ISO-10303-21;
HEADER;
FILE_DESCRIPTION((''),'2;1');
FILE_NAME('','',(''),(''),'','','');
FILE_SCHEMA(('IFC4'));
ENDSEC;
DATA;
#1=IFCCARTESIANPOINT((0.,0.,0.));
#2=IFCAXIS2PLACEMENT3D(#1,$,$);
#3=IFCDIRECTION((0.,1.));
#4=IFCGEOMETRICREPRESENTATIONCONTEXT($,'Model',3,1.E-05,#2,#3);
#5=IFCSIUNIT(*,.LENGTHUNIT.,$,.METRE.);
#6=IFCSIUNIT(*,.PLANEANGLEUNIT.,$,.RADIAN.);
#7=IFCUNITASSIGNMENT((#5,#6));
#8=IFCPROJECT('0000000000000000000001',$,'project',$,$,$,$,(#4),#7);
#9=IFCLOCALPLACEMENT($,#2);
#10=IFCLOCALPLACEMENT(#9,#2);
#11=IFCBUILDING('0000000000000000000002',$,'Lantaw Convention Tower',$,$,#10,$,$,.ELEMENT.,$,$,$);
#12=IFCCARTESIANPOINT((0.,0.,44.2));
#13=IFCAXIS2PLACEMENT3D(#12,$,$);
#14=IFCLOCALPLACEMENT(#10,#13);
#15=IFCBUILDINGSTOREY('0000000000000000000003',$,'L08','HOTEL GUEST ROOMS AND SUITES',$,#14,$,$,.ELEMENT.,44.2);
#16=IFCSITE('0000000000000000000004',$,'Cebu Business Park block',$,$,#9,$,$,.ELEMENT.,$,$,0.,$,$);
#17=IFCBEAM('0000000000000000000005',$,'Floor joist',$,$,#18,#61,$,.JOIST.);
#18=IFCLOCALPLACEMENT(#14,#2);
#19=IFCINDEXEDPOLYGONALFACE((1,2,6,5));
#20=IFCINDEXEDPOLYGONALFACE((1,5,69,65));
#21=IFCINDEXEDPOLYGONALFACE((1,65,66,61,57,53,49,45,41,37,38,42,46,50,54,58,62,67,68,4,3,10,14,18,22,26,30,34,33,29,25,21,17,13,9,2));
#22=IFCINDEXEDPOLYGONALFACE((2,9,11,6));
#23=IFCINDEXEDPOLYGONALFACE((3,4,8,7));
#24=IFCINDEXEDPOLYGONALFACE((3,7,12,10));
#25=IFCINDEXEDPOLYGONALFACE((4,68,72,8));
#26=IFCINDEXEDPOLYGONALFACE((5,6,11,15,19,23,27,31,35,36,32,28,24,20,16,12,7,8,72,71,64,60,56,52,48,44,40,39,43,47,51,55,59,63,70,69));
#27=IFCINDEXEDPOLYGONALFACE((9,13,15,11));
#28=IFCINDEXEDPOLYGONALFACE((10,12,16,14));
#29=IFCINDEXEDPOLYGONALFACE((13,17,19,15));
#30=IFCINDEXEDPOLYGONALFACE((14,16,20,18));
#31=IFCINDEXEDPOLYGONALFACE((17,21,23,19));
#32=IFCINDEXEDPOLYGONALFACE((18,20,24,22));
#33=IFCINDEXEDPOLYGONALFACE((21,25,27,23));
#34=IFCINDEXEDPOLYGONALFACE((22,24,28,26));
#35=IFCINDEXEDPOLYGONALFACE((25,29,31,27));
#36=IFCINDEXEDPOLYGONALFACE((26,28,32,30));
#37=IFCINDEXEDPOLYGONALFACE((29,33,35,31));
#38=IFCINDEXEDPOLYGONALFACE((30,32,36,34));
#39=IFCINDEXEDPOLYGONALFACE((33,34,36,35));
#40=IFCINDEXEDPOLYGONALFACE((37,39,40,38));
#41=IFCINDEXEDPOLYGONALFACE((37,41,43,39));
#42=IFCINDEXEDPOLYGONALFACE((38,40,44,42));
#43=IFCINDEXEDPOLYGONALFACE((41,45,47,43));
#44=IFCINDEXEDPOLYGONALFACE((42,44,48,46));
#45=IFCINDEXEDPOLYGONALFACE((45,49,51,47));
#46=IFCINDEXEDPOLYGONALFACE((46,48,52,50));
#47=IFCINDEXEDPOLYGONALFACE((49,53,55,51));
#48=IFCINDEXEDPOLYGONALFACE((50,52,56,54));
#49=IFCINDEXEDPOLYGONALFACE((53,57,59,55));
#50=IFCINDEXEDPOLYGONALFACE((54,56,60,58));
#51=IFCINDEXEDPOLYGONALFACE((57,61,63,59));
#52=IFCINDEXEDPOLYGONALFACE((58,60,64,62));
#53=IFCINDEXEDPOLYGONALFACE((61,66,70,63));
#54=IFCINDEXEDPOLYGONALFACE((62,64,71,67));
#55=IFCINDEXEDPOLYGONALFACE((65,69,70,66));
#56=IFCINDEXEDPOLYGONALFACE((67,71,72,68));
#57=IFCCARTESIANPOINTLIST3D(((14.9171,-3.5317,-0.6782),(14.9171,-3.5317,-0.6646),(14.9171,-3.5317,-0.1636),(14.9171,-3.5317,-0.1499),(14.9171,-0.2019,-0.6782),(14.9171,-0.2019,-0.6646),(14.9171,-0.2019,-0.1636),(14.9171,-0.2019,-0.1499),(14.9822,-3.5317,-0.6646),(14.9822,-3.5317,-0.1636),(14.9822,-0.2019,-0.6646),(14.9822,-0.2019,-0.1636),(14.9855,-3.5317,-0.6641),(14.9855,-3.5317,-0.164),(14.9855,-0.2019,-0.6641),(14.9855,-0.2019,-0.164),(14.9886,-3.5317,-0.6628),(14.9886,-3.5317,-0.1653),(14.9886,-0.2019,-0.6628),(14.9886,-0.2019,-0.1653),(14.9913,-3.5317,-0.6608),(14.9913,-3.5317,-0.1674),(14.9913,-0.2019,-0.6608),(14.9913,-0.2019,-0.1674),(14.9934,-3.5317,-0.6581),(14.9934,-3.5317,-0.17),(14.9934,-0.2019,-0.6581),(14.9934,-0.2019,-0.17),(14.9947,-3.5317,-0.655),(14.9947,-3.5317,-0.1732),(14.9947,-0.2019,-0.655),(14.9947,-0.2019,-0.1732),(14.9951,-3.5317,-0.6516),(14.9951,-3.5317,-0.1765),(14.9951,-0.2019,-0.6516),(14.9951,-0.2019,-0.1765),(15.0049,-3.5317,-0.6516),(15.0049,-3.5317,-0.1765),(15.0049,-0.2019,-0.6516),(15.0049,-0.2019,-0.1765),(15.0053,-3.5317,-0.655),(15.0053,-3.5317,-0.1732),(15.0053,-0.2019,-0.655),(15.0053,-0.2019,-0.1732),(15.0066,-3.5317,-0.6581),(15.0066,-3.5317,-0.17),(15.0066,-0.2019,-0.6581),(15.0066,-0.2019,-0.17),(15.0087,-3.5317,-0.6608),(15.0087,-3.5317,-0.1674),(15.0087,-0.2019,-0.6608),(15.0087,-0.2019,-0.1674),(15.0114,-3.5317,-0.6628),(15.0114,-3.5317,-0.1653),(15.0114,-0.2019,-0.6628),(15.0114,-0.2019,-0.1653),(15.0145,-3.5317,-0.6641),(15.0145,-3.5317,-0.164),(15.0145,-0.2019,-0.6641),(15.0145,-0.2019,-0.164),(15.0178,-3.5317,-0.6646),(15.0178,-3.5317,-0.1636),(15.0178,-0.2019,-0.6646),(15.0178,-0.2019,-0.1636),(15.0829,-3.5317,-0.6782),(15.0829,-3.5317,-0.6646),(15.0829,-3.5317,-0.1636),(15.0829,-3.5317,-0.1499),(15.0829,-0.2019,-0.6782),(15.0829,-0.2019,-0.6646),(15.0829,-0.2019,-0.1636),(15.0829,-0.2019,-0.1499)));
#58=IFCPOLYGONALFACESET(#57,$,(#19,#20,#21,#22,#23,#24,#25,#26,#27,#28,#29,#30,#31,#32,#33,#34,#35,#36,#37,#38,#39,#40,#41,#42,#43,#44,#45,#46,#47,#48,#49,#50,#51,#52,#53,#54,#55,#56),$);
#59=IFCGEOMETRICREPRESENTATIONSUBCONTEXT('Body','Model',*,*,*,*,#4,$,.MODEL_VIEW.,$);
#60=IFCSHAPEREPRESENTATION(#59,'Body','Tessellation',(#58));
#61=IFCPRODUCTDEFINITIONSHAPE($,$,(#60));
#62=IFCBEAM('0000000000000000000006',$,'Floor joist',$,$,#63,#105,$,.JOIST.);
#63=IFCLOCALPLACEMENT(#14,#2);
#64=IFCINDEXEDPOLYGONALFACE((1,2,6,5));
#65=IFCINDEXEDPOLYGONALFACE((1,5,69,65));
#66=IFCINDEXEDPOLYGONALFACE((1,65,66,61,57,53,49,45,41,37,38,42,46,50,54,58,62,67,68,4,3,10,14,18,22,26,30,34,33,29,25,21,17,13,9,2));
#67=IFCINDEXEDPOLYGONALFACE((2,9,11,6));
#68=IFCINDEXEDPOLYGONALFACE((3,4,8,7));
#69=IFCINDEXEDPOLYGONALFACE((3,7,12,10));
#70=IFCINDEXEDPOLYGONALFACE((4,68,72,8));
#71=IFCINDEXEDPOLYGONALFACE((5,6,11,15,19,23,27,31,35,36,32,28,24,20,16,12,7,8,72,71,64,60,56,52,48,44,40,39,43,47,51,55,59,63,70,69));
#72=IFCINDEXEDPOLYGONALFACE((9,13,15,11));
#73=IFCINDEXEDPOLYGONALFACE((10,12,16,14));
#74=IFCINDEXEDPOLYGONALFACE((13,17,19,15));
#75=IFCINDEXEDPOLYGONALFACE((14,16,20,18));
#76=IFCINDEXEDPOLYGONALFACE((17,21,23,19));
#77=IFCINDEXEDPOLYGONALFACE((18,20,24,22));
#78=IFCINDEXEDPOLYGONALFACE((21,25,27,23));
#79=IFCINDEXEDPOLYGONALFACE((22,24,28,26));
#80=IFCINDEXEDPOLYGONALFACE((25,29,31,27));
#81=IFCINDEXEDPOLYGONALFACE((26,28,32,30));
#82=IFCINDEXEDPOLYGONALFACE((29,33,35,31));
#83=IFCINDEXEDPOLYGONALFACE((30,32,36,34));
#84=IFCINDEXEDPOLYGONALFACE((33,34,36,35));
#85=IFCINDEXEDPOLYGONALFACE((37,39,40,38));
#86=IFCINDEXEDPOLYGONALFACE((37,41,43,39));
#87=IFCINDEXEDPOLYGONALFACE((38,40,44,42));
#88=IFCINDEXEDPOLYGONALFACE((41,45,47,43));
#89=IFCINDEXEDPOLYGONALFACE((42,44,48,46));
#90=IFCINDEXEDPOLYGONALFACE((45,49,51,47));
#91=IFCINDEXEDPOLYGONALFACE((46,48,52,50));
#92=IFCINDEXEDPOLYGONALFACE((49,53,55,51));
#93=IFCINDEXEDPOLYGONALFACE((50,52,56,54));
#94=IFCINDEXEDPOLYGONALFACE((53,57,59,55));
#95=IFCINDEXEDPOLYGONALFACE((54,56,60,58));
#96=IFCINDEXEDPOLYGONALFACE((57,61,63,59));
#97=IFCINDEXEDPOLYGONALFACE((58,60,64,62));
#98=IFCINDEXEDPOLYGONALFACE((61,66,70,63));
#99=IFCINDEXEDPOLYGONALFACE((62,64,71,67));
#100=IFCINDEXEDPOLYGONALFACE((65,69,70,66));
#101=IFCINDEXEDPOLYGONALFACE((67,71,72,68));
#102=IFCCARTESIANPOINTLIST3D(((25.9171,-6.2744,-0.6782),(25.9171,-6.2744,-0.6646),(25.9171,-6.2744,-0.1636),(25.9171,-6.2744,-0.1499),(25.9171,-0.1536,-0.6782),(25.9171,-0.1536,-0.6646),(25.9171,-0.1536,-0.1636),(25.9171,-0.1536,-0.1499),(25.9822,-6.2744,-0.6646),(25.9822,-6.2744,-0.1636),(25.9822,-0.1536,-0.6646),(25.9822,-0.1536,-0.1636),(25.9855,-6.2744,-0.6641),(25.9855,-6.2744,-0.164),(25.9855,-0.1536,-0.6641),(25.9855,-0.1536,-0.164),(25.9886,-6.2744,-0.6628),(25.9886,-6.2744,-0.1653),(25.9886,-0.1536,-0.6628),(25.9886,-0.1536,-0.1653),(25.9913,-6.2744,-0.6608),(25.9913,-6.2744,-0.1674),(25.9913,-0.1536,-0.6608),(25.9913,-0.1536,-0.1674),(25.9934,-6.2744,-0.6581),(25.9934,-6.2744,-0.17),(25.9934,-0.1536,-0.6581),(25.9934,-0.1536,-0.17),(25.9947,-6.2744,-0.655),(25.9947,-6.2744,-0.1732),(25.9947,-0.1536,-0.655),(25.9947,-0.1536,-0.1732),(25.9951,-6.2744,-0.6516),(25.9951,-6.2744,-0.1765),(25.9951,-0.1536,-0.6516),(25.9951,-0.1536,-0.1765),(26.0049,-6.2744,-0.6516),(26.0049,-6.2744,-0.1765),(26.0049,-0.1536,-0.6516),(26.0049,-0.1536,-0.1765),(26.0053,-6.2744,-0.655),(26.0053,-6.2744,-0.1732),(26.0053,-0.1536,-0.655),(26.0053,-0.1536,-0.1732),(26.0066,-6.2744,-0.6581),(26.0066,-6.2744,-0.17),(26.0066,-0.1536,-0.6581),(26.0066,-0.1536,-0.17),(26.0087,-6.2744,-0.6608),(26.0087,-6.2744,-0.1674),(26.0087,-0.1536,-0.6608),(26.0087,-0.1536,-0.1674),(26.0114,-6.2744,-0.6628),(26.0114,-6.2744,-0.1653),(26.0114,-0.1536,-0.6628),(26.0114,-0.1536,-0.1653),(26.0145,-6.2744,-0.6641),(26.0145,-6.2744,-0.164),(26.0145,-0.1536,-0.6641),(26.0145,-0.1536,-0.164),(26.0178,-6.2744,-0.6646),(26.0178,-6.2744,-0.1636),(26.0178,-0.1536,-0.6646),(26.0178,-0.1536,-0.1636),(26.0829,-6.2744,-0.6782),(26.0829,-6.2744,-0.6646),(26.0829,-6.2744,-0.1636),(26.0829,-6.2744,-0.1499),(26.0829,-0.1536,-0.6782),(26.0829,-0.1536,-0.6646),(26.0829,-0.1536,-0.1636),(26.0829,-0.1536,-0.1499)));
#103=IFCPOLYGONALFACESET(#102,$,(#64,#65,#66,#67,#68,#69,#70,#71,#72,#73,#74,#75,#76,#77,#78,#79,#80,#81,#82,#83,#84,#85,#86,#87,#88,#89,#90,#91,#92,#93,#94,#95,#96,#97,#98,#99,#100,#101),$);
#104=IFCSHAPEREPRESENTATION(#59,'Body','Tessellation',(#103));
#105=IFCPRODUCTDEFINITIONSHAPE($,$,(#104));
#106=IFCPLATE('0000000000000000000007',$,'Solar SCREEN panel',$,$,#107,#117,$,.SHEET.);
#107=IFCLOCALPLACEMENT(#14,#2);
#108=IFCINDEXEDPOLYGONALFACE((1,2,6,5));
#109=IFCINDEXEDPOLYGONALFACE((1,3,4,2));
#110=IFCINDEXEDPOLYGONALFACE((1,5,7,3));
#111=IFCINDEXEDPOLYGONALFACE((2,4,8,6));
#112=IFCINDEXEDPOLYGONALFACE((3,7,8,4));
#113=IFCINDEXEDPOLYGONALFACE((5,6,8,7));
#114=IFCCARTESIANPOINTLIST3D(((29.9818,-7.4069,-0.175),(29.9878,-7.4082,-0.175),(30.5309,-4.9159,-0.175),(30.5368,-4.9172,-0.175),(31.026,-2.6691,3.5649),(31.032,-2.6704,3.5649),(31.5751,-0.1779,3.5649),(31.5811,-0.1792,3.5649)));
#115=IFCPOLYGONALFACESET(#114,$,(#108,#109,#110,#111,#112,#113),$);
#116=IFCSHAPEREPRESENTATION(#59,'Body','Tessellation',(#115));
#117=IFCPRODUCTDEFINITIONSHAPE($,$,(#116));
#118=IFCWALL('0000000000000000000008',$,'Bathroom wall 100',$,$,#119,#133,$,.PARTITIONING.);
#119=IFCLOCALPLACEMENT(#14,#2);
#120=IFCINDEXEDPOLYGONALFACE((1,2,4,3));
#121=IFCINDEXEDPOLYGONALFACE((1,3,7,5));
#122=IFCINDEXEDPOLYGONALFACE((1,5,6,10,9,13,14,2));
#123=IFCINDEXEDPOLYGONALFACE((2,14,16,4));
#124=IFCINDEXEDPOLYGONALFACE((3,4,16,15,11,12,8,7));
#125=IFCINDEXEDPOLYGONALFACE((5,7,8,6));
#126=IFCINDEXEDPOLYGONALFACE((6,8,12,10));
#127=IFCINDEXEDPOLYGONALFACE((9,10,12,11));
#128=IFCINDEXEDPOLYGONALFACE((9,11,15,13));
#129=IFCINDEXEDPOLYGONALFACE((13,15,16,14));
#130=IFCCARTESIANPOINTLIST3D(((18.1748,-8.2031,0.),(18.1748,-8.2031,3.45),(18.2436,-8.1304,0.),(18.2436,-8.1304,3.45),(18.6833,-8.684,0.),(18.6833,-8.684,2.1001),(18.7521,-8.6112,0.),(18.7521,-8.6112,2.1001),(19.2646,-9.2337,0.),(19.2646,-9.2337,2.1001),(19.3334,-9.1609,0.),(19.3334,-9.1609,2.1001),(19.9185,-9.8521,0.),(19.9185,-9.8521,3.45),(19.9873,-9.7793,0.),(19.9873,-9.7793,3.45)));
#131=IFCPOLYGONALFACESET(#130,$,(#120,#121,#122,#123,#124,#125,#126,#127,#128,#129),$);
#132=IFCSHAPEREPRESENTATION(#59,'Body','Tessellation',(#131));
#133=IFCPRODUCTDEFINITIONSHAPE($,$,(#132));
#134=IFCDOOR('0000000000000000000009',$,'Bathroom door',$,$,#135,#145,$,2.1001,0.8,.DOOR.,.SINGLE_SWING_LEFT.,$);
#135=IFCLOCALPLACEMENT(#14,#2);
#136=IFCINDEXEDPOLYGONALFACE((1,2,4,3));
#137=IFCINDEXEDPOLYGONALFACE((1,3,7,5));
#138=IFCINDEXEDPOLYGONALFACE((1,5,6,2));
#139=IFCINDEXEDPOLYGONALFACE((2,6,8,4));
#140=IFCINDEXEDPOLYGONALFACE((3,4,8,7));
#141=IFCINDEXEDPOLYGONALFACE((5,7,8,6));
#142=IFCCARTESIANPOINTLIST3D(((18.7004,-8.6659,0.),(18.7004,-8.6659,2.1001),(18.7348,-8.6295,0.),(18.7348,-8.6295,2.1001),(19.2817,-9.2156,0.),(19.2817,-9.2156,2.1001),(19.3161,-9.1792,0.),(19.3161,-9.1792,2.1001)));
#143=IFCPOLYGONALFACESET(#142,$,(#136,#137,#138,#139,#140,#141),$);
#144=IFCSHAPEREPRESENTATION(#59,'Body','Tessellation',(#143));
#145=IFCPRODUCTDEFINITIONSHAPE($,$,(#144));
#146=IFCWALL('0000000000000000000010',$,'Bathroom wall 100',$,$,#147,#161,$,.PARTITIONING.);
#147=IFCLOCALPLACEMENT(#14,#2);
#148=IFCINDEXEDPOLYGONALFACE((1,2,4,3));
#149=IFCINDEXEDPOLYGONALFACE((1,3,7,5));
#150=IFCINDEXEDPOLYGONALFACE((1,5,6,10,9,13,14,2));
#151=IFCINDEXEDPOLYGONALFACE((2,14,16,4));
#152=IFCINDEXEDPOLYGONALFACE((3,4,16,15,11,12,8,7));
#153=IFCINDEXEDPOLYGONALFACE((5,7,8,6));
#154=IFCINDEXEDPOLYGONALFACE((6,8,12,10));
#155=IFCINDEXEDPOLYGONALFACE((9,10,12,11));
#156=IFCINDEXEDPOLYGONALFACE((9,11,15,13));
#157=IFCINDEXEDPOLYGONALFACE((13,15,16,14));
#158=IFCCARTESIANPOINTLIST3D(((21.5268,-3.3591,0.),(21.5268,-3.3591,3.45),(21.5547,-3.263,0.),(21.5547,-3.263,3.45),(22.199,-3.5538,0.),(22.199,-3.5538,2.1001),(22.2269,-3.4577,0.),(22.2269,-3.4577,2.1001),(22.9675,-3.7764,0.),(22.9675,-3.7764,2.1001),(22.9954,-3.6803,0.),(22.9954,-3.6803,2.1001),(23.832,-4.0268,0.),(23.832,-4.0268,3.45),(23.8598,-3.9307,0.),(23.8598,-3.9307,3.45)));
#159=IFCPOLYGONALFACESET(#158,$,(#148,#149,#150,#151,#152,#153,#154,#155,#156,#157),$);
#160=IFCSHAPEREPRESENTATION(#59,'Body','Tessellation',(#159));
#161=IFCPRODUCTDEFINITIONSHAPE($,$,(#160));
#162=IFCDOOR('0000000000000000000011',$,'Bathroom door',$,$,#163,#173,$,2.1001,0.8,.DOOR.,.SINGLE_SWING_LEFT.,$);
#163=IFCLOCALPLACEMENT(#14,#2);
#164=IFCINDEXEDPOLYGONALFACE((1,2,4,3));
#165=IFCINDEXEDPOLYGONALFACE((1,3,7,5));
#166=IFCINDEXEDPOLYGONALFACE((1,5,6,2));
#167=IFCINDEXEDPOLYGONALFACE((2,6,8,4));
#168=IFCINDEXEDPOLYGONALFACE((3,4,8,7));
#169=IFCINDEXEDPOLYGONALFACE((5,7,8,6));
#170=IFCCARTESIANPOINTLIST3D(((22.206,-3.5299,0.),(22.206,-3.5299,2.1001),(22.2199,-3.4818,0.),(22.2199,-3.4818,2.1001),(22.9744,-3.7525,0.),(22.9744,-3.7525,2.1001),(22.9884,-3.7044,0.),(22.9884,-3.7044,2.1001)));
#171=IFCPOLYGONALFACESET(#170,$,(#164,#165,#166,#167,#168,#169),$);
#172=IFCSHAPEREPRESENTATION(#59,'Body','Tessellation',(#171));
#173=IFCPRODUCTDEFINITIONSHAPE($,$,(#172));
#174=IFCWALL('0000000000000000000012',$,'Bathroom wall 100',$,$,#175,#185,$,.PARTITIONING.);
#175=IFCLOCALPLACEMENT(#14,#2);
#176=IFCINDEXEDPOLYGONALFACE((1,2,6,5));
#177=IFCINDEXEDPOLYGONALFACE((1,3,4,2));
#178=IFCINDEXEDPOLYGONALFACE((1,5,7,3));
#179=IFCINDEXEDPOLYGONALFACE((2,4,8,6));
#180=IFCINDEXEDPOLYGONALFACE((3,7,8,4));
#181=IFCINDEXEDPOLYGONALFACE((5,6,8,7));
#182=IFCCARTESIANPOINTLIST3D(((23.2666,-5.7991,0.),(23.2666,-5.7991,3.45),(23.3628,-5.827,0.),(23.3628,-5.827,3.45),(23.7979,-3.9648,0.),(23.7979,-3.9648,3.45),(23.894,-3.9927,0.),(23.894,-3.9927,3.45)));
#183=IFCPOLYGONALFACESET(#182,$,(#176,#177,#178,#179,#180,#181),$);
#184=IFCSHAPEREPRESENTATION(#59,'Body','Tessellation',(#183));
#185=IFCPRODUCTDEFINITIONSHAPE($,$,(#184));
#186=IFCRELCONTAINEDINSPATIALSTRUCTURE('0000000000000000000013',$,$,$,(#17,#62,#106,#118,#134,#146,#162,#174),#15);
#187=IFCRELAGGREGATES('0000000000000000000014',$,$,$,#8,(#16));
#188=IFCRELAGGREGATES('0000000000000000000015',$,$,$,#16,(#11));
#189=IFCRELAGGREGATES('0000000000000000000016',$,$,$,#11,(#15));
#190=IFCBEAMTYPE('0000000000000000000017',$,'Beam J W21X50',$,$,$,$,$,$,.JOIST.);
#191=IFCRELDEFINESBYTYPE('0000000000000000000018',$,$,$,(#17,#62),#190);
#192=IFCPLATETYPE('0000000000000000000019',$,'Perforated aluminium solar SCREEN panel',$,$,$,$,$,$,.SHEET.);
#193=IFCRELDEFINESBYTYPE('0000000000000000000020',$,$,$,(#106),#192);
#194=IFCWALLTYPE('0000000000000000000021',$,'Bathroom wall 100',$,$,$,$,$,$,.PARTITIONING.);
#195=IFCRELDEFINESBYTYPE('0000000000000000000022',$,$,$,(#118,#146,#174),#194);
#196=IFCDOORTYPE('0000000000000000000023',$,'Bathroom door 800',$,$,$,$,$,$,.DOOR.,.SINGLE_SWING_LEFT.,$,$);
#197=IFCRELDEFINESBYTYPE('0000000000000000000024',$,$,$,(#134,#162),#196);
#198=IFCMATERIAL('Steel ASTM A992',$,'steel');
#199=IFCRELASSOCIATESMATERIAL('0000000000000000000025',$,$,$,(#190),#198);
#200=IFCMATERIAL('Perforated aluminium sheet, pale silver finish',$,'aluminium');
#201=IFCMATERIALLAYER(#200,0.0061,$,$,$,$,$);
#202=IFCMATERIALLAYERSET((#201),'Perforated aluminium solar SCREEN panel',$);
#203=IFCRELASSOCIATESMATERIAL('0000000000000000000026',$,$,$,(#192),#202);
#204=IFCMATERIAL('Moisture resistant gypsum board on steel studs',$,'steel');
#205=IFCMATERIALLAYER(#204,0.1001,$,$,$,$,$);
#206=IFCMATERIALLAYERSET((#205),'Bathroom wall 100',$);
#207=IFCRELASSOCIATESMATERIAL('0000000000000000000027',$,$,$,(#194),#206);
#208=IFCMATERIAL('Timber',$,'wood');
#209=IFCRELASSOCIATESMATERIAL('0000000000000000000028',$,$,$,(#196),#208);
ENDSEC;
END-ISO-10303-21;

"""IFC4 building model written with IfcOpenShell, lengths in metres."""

from ifc_helpers import new_model, si_unit, direction, frame, frame_2d, origin, origin_2d, place, context, subcontext, project, spatial, polyline, rectangle, i_section, outline, extrude, material, layer, layer_set, material_profile, profile_set, type_object, element, fill, save


model = new_model("IFC4")

# Units and contexts
model_context = context("Model", 3, precision=1e-05, world=origin(), true_north=direction((0.0, 1.0)))
body_context = subcontext(model_context, "Body", "Model", "MODEL_VIEW")
ifc_project = project(units=[si_unit("LENGTHUNIT", "METRE"), si_unit("PLANEANGLEUNIT", "RADIAN")], contexts=[model_context])

# Site, building, storey
site_placement = place(None, origin())
site = spatial("IfcSite", under=ifc_project, at=site_placement, Name="Cebu Business Park block", CompositionType="ELEMENT", RefElevation=0.0)
building_placement = place(site_placement, origin())
building = spatial("IfcBuilding", under=site, at=building_placement, Name="Lantaw Convention Tower", CompositionType="ELEMENT")
storey_placement = place(building_placement, frame((0.0, 0.0, 44.2)))
storey = spatial("IfcBuildingStorey", under=building, at=storey_placement, Name="L08", Description="HOTEL GUEST ROOMS AND SUITES", CompositionType="ELEMENT", Elevation=44.2)

# Beams
ifc_material_1 = material(Name="Steel ASTM A992", Category="steel")
ifc_material_profile_1 = material_profile(ifc_material_1, i_section(OverallWidth=0.1658, OverallDepth=0.5283, WebThickness=0.0098, FlangeThickness=0.0137, FilletRadius=0.0129, at=origin_2d()), Name="W21X50")
ifc_profile_set_1 = profile_set([ifc_material_profile_1], Name="Steel ASTM A992")
beam_type_1 = type_object("IfcBeamType", Name="Beam J W21X50", PredefinedType="JOIST", material=ifc_profile_set_1)
beam_1_placement = place(storey_placement, frame((15.0, -3.5317, -0.4141), z_axis=(0.0, 1.0, 0.0), x_axis=(-1.0, 0.0, 0.0)))
element("IfcBeam", 1, at=beam_1_placement, inside=storey, type_object=beam_type_1, Name="Floor joist", PredefinedType="JOIST", context=body_context, shape_type="SweptSolid", body=[
    extrude(i_section(OverallWidth=0.1658, OverallDepth=0.5283, WebThickness=0.0098, FlangeThickness=0.0137, FilletRadius=0.0129, at=origin_2d()), origin(), (0.0, 0.0, 1.0), 3.3298),
])
beam_2_placement = place(storey_placement, frame((26.0, -6.2744, -0.4141), z_axis=(0.0, 1.0, 0.0), x_axis=(-1.0, 0.0, 0.0)))
element("IfcBeam", 2, at=beam_2_placement, inside=storey, type_object=beam_type_1, Name="Floor joist", PredefinedType="JOIST", context=body_context, shape_type="SweptSolid", body=[
    extrude(i_section(OverallWidth=0.1658, OverallDepth=0.5283, WebThickness=0.0098, FlangeThickness=0.0137, FilletRadius=0.0129, at=origin_2d()), origin(), (0.0, 0.0, 1.0), 6.1208),
])

# Plate
ifc_material_2 = material(Name="Perforated aluminium sheet, pale silver finish", Category="aluminium")
ifc_layer_1 = layer(ifc_material_2, 0.0061)
ifc_layer_set_1 = layer_set([ifc_layer_1], Name="Perforated aluminium solar SCREEN panel")
plate_type = type_object("IfcPlateType", Name="Perforated aluminium solar SCREEN panel", PredefinedType="SHEET", material=ifc_layer_set_1)
plate_placement = place(storey_placement, frame((29.9878, -7.4082, -0.175), z_axis=(0.976559, -0.215248, 0.00003), x_axis=(0.215248, 0.976559, 0.0)))
element("IfcPlate", 3, at=plate_placement, inside=storey, type_object=plate_type, Name="Solar SCREEN panel", PredefinedType="SHEET", context=body_context, shape_type="SweptSolid", body=[
    extrude(outline(polyline([(0.0, 0.0), (2.5508, 0.0), (7.4025, 3.74), (4.8515, 3.74), (0.0, 0.0)])), origin(), (0.0, 0.0, -1.0), 0.0061),
])

# Walls, openings, doors
ifc_material_3 = material(Name="Moisture resistant gypsum board on steel studs", Category="steel")
ifc_layer_2 = layer(ifc_material_3, 0.1001)
ifc_layer_set_2 = layer_set([ifc_layer_2], Name="Bathroom wall 100")
wall_type_1 = type_object("IfcWallType", Name="Bathroom wall 100", PredefinedType="PARTITIONING", material=ifc_layer_set_2)
wall_1_placement = place(storey_placement, frame((18.2092, -8.1667, 0.0), z_axis=(0.0, 0.0, 1.0), x_axis=(0.726567, -0.687095, 0.0)))
wall_1 = element("IfcWall", 4, at=wall_1_placement, inside=storey, type_object=wall_type_1, Name="Bathroom wall 100", PredefinedType="PARTITIONING", context=body_context, shape_type="SweptSolid", body=[
    extrude(rectangle(XDim=2.3999, YDim=0.1001, at=frame_2d((1.2, 0.0))), origin(), (0.0, 0.0, 1.0), 3.45),
])
opening_1_placement = place(wall_1_placement, frame((0.7, 0.0, 0.0)))
opening_1 = element("IfcOpeningElement", 5, at=opening_1_placement, cuts=wall_1, PredefinedType="OPENING", context=body_context, shape_type="SweptSolid", body=[
    extrude(rectangle(XDim=0.8, YDim=2.1001, at=frame_2d((0.3999, 1.05))), frame((0.0, 0.0601, 0.0), z_axis=(0.0, -1.0, 0.0), x_axis=(1.0, 0.0, 0.0)), (0.0, 0.0, 1.0), 0.1201),
])
ifc_material_4 = material(Name="Timber", Category="wood")
door_type_1 = type_object("IfcDoorType", Name="Bathroom door 800", OperationType="SINGLE_SWING_LEFT", PredefinedType="DOOR", material=ifc_material_4)
door_1_placement = place(opening_1_placement, origin())
door_1 = element("IfcDoor", 6, at=door_1_placement, inside=storey, type_object=door_type_1, Name="Bathroom door", OperationType="SINGLE_SWING_LEFT", OverallHeight=2.1001, OverallWidth=0.8, PredefinedType="DOOR", context=body_context, shape_type="SweptSolid", body=[
    extrude(rectangle(XDim=0.8, YDim=2.1001, at=frame_2d((0.3999, 1.05))), frame((0.0, 0.0249, 0.0), z_axis=(0.0, -1.0, 0.0), x_axis=(1.0, 0.0, 0.0)), (0.0, 0.0, 1.0), 0.05),
])
fill(opening_1, door_1)
wall_2_placement = place(storey_placement, frame((21.5408, -3.311, 0.0), z_axis=(0.0, 0.0, 1.0), x_axis=(0.960516, -0.278226, 0.0)))
wall_2 = element("IfcWall", 7, at=wall_2_placement, inside=storey, type_object=wall_type_1, Name="Bathroom wall 100", PredefinedType="PARTITIONING", context=body_context, shape_type="SweptSolid", body=[
    extrude(rectangle(XDim=2.3999, YDim=0.1001, at=frame_2d((1.2, 0.0))), origin(), (0.0, 0.0, 1.0), 3.45),
])
opening_2_placement = place(wall_2_placement, frame((0.7, 0.0, 0.0)))
opening_2 = element("IfcOpeningElement", 8, at=opening_2_placement, cuts=wall_2, PredefinedType="OPENING", context=body_context, shape_type="SweptSolid", body=[
    extrude(rectangle(XDim=0.8, YDim=2.1001, at=frame_2d((0.3999, 1.05))), frame((0.0, 0.0601, 0.0), z_axis=(0.0, -1.0, 0.0), x_axis=(1.0, 0.0, 0.0)), (0.0, 0.0, 1.0), 0.1201),
])
door_2_placement = place(opening_2_placement, origin())
door_2 = element("IfcDoor", 9, at=door_2_placement, inside=storey, type_object=door_type_1, Name="Bathroom door", OperationType="SINGLE_SWING_LEFT", OverallHeight=2.1001, OverallWidth=0.8, PredefinedType="DOOR", context=body_context, shape_type="SweptSolid", body=[
    extrude(rectangle(XDim=0.8, YDim=2.1001, at=frame_2d((0.3999, 1.05))), frame((0.0, 0.0249, 0.0), z_axis=(0.0, -1.0, 0.0), x_axis=(1.0, 0.0, 0.0)), (0.0, 0.0, 1.0), 0.05),
])
fill(opening_2, door_2)

# Wall
wall_3_placement = place(storey_placement, frame((23.8459, -3.9788, 0.0), z_axis=(0.0, 0.0, 1.0), x_axis=(-0.278198, -0.960524, 0.0)))
element("IfcWall", 10, at=wall_3_placement, inside=storey, type_object=wall_type_1, Name="Bathroom wall 100", PredefinedType="PARTITIONING", context=body_context, shape_type="SweptSolid", body=[
    extrude(rectangle(XDim=1.9097, YDim=0.1001, at=frame_2d((0.9548, 0.0))), origin(), (0.0, 0.0, 1.0), 3.45),
])

save(model, "model.ifc")
